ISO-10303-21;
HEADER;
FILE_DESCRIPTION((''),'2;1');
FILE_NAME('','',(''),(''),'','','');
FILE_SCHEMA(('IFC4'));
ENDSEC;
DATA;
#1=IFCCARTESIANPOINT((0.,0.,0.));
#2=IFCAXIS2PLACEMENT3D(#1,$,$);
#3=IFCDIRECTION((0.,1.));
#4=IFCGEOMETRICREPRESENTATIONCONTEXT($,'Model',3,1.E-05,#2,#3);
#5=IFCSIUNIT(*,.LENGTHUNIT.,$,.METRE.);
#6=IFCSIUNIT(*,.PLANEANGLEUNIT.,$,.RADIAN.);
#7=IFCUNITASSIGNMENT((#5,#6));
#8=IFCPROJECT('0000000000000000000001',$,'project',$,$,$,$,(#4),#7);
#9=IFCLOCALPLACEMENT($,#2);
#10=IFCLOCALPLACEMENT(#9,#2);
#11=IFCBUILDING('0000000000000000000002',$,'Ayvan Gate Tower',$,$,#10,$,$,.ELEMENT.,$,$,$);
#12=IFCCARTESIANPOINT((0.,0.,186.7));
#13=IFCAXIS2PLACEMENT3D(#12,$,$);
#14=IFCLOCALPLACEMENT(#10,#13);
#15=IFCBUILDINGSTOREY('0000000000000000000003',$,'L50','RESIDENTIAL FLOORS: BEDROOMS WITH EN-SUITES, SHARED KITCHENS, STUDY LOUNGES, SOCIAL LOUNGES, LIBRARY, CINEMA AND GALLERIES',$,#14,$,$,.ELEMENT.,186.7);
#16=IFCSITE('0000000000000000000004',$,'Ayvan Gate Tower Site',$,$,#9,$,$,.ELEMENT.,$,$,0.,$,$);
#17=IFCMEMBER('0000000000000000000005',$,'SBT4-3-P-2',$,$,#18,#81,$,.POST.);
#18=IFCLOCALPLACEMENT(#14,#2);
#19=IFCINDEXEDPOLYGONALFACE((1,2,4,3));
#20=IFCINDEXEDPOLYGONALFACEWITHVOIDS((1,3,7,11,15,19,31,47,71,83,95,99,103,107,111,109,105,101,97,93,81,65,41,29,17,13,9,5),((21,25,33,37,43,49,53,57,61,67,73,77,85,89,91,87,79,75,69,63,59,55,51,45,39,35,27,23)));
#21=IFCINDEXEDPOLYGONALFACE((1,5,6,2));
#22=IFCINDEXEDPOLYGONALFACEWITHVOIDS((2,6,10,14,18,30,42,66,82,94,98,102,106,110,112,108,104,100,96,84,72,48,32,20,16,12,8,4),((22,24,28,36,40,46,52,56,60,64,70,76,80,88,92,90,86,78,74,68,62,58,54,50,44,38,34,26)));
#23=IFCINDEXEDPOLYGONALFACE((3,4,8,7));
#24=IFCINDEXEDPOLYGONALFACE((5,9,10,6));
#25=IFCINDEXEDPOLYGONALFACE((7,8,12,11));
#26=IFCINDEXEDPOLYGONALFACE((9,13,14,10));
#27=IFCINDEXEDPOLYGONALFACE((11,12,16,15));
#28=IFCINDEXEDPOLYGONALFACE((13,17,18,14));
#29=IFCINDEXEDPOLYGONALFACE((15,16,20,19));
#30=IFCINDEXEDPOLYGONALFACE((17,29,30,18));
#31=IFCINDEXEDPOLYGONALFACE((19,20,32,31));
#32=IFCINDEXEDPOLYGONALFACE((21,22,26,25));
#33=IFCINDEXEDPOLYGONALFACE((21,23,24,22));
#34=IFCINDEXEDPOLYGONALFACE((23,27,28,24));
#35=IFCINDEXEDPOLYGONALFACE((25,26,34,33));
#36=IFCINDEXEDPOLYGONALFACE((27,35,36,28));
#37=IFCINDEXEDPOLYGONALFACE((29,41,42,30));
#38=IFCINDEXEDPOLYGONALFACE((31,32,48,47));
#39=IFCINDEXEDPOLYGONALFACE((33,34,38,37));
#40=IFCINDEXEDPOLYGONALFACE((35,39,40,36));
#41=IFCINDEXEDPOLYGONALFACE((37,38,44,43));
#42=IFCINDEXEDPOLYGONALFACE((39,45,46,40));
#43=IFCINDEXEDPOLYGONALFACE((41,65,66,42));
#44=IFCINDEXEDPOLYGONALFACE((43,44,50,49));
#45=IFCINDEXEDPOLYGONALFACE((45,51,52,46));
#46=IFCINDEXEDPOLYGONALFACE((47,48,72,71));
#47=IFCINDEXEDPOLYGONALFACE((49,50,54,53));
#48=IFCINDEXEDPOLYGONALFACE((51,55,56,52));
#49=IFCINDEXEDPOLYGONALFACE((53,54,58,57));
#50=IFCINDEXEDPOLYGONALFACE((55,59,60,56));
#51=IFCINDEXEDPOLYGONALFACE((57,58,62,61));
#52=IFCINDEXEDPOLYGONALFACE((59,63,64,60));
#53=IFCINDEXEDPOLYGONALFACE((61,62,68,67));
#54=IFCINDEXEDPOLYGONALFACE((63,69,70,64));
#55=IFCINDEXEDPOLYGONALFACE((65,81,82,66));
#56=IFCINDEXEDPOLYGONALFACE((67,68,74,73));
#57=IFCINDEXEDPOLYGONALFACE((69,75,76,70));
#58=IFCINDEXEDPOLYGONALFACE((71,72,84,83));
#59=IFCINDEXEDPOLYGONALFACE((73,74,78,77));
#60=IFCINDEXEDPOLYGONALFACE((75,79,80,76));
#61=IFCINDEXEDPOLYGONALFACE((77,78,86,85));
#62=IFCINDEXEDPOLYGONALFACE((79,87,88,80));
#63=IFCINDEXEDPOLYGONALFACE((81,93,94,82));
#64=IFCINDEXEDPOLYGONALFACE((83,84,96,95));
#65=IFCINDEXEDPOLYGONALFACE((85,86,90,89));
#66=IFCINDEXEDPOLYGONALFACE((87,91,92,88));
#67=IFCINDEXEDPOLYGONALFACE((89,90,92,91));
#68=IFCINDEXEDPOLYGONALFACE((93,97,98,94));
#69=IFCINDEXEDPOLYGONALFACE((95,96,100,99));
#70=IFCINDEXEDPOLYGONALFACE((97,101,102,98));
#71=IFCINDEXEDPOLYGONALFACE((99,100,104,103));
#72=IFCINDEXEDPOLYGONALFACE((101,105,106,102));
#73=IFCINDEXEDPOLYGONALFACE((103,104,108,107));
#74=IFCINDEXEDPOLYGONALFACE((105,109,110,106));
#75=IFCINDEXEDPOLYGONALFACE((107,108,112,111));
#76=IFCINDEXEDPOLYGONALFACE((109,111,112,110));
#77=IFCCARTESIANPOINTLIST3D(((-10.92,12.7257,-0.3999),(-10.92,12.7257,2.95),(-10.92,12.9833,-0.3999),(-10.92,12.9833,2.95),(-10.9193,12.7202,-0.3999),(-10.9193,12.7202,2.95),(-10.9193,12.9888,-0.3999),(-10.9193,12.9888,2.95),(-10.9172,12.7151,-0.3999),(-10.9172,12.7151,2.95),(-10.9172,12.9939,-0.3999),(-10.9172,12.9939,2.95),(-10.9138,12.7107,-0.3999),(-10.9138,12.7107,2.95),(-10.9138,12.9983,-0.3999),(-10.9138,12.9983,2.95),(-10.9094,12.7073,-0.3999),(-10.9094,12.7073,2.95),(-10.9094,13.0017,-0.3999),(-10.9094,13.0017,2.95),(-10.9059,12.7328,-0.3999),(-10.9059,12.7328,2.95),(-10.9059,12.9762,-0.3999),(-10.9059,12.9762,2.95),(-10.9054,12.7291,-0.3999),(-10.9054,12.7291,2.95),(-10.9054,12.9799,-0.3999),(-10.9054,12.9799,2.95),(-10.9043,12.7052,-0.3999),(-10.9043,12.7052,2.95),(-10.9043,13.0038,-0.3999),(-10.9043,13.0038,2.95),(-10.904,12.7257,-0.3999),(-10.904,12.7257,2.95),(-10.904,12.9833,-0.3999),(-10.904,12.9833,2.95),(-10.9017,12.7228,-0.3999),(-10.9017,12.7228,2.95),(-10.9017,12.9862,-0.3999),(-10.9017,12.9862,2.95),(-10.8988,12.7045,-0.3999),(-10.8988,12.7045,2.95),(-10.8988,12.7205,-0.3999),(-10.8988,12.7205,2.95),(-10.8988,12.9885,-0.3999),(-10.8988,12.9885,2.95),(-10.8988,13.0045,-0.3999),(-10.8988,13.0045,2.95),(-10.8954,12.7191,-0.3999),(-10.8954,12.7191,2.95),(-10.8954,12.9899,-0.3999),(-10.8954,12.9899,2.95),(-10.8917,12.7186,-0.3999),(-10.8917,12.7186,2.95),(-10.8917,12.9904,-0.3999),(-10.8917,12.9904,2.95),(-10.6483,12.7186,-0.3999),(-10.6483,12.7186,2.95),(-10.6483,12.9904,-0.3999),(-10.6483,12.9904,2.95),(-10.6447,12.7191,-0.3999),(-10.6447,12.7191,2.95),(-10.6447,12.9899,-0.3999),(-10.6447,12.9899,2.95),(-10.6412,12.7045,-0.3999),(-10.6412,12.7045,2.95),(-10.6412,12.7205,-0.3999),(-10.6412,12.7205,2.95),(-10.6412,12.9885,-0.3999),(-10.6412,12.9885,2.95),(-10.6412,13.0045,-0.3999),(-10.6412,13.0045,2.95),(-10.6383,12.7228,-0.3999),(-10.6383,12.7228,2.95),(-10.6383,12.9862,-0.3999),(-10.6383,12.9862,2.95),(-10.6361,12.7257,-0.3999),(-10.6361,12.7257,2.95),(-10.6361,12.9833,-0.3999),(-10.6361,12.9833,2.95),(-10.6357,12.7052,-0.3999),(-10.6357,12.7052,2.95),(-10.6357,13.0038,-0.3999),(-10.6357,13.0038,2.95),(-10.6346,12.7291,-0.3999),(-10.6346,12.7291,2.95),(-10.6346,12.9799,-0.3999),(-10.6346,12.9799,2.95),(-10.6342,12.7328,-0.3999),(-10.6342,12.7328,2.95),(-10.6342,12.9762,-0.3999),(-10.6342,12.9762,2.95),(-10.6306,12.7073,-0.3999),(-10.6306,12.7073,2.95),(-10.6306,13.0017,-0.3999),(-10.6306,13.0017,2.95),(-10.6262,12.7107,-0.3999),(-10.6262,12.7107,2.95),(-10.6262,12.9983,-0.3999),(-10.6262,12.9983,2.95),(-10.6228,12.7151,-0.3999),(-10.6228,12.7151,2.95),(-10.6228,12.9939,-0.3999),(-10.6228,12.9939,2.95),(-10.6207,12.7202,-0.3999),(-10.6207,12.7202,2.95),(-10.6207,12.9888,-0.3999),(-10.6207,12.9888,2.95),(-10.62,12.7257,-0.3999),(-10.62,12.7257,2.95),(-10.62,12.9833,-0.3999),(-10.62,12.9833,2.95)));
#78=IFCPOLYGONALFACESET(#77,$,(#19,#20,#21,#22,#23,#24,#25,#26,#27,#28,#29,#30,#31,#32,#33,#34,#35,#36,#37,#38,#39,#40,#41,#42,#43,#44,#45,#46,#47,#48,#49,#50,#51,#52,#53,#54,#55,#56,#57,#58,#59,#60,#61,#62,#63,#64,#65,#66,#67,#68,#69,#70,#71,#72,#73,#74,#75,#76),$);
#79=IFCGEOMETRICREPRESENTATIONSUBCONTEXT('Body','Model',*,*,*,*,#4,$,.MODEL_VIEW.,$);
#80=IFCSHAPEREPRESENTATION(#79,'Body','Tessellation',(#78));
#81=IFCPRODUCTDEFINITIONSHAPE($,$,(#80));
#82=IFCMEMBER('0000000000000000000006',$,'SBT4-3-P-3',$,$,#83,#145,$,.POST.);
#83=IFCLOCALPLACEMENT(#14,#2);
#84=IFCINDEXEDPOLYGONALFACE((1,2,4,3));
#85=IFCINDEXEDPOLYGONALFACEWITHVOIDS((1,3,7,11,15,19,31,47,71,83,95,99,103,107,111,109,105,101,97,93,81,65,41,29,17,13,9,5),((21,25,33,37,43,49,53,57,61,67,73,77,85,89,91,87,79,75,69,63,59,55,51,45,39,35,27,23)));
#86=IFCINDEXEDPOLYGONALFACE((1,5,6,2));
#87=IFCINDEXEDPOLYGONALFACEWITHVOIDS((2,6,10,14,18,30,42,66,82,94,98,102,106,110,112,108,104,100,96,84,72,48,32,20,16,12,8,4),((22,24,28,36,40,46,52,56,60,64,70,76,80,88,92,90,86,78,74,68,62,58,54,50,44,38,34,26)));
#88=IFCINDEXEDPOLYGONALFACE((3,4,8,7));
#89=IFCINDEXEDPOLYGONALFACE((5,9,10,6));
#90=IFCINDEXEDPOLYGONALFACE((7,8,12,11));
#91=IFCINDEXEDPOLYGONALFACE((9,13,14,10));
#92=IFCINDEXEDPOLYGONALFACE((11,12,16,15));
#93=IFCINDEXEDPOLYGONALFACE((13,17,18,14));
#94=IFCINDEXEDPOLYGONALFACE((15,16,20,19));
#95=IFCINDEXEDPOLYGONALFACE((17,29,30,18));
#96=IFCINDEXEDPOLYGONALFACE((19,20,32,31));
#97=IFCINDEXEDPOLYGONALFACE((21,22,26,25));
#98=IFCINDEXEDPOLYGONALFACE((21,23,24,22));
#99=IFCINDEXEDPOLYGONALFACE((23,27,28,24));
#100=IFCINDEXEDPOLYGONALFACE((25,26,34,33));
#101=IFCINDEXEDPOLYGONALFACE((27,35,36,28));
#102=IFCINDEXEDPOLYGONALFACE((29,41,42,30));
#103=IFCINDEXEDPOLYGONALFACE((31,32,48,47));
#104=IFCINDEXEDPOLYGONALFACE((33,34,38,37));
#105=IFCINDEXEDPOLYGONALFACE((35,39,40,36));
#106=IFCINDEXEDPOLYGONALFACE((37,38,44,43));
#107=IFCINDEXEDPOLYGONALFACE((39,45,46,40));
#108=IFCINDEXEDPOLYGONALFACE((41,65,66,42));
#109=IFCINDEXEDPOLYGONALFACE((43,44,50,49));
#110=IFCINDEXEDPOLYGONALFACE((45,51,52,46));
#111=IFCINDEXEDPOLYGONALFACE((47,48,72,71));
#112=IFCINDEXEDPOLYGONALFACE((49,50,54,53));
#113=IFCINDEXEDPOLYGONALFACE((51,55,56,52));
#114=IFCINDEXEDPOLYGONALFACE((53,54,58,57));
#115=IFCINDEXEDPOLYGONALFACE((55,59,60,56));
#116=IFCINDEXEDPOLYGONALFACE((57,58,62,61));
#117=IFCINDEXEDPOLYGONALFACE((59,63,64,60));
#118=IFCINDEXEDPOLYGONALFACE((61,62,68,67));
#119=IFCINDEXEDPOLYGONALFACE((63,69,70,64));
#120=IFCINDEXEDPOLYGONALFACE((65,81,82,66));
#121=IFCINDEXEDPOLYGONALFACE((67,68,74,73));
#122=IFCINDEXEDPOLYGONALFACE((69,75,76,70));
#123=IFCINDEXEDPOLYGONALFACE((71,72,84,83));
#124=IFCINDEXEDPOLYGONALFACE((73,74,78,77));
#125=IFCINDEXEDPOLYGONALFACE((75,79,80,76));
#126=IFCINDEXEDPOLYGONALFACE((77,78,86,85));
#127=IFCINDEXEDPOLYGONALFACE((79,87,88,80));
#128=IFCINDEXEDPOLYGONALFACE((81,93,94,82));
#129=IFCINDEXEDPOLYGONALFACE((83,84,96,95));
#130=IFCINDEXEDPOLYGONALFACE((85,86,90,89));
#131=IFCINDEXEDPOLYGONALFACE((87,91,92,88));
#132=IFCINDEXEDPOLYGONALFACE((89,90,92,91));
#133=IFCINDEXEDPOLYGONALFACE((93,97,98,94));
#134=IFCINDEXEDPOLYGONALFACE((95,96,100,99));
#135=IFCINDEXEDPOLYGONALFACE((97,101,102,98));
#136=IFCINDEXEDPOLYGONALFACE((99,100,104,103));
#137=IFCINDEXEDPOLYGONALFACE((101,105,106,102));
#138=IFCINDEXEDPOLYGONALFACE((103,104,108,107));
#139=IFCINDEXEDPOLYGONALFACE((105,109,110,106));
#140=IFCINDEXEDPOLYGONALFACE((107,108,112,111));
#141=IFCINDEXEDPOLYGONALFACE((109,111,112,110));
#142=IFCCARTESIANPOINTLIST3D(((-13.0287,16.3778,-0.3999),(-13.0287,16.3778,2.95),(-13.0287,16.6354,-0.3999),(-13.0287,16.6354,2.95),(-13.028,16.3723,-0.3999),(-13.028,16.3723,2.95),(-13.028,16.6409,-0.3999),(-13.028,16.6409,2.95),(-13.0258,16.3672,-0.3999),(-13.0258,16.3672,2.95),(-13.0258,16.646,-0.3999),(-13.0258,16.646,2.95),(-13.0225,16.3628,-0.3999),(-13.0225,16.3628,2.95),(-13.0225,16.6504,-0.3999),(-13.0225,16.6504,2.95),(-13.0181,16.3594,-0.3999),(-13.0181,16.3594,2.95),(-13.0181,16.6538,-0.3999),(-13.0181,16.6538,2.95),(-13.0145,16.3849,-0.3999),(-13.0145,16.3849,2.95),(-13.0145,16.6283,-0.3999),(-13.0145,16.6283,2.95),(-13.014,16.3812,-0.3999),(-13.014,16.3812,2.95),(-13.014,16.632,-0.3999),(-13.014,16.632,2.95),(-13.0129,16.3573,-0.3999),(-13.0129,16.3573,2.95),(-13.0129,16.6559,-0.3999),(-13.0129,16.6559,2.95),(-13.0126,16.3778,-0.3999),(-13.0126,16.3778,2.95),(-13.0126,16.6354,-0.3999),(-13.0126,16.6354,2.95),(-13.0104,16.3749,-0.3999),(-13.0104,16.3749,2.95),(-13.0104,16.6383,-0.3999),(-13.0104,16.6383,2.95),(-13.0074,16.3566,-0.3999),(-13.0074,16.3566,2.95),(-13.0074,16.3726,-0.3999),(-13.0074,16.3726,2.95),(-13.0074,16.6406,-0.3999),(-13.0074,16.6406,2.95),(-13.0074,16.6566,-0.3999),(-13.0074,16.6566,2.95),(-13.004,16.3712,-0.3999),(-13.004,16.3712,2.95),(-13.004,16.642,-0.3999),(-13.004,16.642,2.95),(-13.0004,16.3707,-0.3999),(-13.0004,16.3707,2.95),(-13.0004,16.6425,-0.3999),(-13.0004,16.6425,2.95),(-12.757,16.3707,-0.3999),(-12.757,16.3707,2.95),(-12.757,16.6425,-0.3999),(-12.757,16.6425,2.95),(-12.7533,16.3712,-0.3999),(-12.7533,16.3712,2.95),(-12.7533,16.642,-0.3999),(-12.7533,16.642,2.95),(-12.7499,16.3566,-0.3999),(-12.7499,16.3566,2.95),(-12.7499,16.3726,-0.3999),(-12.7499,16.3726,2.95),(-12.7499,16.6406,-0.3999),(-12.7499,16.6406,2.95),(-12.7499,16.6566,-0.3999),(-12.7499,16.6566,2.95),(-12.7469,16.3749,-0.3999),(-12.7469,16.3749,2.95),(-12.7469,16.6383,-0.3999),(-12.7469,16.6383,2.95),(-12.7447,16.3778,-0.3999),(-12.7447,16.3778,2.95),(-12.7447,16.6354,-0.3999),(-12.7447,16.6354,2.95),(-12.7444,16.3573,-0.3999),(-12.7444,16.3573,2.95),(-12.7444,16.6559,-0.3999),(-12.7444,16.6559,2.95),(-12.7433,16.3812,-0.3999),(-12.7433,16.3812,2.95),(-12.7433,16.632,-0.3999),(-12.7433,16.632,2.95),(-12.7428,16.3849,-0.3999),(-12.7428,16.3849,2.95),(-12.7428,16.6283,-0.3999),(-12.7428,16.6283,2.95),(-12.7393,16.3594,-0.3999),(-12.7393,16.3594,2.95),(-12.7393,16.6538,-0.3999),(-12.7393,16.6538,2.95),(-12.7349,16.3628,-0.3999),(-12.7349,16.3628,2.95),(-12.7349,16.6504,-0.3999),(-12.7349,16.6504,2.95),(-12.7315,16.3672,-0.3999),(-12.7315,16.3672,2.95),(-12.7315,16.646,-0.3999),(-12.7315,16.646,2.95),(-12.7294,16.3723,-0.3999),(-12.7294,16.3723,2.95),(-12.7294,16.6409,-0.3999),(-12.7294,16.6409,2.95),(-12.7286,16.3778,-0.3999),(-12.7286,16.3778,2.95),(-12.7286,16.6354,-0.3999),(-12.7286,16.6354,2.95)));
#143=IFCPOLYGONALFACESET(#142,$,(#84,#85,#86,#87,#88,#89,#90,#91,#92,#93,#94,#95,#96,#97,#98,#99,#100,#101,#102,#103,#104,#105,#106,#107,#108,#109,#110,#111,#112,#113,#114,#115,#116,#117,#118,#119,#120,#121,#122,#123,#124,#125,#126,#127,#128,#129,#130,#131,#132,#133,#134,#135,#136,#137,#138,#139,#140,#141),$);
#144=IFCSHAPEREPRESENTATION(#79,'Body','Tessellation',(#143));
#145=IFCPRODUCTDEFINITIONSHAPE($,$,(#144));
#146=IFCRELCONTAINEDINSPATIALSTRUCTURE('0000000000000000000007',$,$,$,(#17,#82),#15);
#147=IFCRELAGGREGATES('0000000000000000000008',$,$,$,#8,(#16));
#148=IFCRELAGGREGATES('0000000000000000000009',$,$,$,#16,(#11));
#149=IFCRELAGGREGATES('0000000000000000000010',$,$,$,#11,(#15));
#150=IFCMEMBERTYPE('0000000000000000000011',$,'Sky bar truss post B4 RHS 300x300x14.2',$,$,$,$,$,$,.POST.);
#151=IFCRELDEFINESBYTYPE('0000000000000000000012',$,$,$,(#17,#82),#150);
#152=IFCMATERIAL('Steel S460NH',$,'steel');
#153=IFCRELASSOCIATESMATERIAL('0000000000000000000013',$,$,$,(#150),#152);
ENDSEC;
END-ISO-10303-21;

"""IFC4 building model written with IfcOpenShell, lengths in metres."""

from ifc_helpers import new_model, si_unit, direction, frame, origin, origin_2d, place, context, subcontext, project, spatial, hollow_rectangle, extrude, material, material_profile, profile_set, type_object, element, save


model = new_model("IFC4")

# Units and contexts
model_context = context("Model", 3, precision=1e-05, world=origin(), true_north=direction((0.0, 1.0)))
body_context = subcontext(model_context, "Body", "Model", "MODEL_VIEW")
ifc_project = project(units=[si_unit("LENGTHUNIT", "METRE"), si_unit("PLANEANGLEUNIT", "RADIAN")], contexts=[model_context])

# Site, building, storey
site_placement = place(None, origin())
site = spatial("IfcSite", under=ifc_project, at=site_placement, Name="Ayvan Gate Tower Site", CompositionType="ELEMENT", RefElevation=0.0)
building_placement = place(site_placement, origin())
building = spatial("IfcBuilding", under=site, at=building_placement, Name="Ayvan Gate Tower", CompositionType="ELEMENT")
storey_placement = place(building_placement, frame((0.0, 0.0, 186.7)))
storey = spatial("IfcBuildingStorey", under=building, at=storey_placement, Name="L50", Description="RESIDENTIAL FLOORS: BEDROOMS WITH EN-SUITES, SHARED KITCHENS, STUDY LOUNGES, SOCIAL LOUNGES, LIBRARY, CINEMA AND GALLERIES", CompositionType="ELEMENT", Elevation=186.7)

# Members
ifc_material_1 = material(Name="Steel S460NH", Category="steel")
ifc_material_profile_1 = material_profile(ifc_material_1, hollow_rectangle(XDim=0.3, YDim=0.3, WallThickness=0.0142, InnerFilletRadius=0.0142, OuterFilletRadius=0.0212, at=origin_2d()), Name="RHS 300x300x14.2")
ifc_profile_set_1 = profile_set([ifc_material_profile_1], Name="Steel S460NH")
member_type_1 = type_object("IfcMemberType", Name="Sky bar truss post B4 RHS 300x300x14.2", PredefinedType="POST", material=ifc_profile_set_1)
for number, where, z_axis, x_axis, name in (
    (1, (-10.77, 12.8545, -0.3999), (0.0, 0.0, 1.0), (1.0, 0.0, 0.0), "SBT4-3-P-2"),
    (2, (-12.8787, 16.5066, -0.3999), (0.0, 0.0, 1.0), (1.0, 0.0, 0.0), "SBT4-3-P-3"),
):
    element("IfcMember", number, at=place(storey_placement, frame(where, z_axis=z_axis, x_axis=x_axis)), inside=storey, type_object=member_type_1, Name=name, PredefinedType="POST", context=body_context, shape_type="SweptSolid", body=[
        extrude(hollow_rectangle(XDim=0.3, YDim=0.3, WallThickness=0.0142, InnerFilletRadius=0.0142, OuterFilletRadius=0.0212, at=origin_2d()), origin(), (0.0, 0.0, 1.0), 3.3499),
    ])

save(model, "model.ifc")
